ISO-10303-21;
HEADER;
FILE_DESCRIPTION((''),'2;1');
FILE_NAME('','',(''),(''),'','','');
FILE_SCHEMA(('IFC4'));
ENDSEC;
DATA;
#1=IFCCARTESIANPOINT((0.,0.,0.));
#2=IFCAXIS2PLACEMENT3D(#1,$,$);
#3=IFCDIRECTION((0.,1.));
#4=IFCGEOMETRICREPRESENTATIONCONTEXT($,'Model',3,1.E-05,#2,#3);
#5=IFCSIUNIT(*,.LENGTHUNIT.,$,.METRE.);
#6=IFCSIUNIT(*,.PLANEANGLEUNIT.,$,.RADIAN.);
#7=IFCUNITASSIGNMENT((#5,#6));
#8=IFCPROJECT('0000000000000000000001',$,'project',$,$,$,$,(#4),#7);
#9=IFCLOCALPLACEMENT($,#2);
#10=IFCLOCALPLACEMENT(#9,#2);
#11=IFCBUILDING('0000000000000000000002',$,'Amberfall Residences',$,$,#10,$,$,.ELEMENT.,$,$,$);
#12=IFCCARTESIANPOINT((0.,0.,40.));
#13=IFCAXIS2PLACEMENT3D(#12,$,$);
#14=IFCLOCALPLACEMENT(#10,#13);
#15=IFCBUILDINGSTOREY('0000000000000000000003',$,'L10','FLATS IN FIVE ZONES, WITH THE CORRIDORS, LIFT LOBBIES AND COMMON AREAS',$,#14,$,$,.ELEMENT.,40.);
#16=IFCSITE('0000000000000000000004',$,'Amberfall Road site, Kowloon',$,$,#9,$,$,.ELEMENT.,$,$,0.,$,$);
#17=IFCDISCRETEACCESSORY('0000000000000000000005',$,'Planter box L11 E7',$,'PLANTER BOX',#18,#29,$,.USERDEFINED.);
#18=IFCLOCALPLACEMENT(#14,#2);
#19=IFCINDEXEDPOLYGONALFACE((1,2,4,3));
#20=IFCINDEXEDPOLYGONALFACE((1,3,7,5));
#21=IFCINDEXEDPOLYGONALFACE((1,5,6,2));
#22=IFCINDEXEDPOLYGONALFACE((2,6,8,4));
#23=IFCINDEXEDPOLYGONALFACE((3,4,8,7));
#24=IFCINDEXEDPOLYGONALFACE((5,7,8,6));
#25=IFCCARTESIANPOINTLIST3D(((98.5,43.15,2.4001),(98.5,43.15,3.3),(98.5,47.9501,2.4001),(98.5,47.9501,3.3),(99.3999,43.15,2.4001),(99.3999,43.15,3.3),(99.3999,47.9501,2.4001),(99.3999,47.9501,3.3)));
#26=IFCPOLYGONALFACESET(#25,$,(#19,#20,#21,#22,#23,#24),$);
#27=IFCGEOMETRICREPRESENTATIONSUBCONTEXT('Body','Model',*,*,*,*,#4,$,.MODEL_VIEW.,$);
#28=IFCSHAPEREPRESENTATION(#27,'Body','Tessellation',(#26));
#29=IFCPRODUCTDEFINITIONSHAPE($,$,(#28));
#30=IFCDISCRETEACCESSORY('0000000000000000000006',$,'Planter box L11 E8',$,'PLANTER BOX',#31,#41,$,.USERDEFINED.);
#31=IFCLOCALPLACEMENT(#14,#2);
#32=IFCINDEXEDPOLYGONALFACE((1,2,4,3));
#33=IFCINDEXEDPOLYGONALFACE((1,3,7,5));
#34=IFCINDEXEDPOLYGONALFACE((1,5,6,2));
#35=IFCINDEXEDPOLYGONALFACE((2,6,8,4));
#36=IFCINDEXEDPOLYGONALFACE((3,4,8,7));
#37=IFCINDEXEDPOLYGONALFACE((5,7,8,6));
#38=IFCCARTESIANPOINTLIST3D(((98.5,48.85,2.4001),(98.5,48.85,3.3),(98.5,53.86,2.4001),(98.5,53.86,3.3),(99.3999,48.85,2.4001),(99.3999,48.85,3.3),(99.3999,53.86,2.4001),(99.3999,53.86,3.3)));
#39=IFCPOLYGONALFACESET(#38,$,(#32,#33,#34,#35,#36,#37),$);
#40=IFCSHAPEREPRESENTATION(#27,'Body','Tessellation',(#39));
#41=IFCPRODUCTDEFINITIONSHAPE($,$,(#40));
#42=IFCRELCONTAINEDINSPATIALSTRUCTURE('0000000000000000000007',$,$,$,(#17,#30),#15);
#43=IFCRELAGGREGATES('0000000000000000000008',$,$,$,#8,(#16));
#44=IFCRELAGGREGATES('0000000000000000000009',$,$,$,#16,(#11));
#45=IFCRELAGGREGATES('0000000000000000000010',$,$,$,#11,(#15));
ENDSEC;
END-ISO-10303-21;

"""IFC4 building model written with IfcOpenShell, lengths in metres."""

from ifc_helpers import new_model, si_unit, direction, frame, origin, origin_2d, place, context, subcontext, project, spatial, rectangle, extrude, element, save


model = new_model("IFC4")

# Units and contexts
model_context = context("Model", 3, precision=1e-05, world=origin(), true_north=direction((0.0, 1.0)))
body_context = subcontext(model_context, "Body", "Model", "MODEL_VIEW")
ifc_project = project(units=[si_unit("LENGTHUNIT", "METRE"), si_unit("PLANEANGLEUNIT", "RADIAN")], contexts=[model_context])

# Site, building, storey
site_placement = place(None, origin())
site = spatial("IfcSite", under=ifc_project, at=site_placement, Name="Amberfall Road site, Kowloon", CompositionType="ELEMENT", RefElevation=0.0)
building_placement = place(site_placement, origin())
building = spatial("IfcBuilding", under=site, at=building_placement, Name="Amberfall Residences", CompositionType="ELEMENT")
storey_placement = place(building_placement, frame((0.0, 0.0, 40.0)))
storey = spatial("IfcBuildingStorey", under=building, at=storey_placement, Name="L10", Description="FLATS IN FIVE ZONES, WITH THE CORRIDORS, LIFT LOBBIES AND COMMON AREAS", CompositionType="ELEMENT", Elevation=40.0)

# Discrete accessories
discrete_accessory_1_placement = place(storey_placement, frame((98.95, 45.55, 2.4001), z_axis=(0.0, 0.0, 1.0), x_axis=(0.0, 1.0, 0.0)))
element("IfcDiscreteAccessory", 1, at=discrete_accessory_1_placement, inside=storey, Name="Planter box L11 E7", ObjectType="PLANTER BOX", PredefinedType="USERDEFINED", context=body_context, shape_type="SweptSolid", body=[
    extrude(rectangle(XDim=4.8, YDim=0.8999, at=origin_2d()), origin(), (0.0, 0.0, 1.0), 0.8999),
])
discrete_accessory_2_placement = place(storey_placement, frame((98.95, 51.355, 2.4001), z_axis=(0.0, 0.0, 1.0), x_axis=(0.0, 1.0, 0.0)))
element("IfcDiscreteAccessory", 2, at=discrete_accessory_2_placement, inside=storey, Name="Planter box L11 E8", ObjectType="PLANTER BOX", PredefinedType="USERDEFINED", context=body_context, shape_type="SweptSolid", body=[
    extrude(rectangle(XDim=5.01, YDim=0.8999, at=origin_2d()), origin(), (0.0, 0.0, 1.0), 0.8999),
])

save(model, "model.ifc")
